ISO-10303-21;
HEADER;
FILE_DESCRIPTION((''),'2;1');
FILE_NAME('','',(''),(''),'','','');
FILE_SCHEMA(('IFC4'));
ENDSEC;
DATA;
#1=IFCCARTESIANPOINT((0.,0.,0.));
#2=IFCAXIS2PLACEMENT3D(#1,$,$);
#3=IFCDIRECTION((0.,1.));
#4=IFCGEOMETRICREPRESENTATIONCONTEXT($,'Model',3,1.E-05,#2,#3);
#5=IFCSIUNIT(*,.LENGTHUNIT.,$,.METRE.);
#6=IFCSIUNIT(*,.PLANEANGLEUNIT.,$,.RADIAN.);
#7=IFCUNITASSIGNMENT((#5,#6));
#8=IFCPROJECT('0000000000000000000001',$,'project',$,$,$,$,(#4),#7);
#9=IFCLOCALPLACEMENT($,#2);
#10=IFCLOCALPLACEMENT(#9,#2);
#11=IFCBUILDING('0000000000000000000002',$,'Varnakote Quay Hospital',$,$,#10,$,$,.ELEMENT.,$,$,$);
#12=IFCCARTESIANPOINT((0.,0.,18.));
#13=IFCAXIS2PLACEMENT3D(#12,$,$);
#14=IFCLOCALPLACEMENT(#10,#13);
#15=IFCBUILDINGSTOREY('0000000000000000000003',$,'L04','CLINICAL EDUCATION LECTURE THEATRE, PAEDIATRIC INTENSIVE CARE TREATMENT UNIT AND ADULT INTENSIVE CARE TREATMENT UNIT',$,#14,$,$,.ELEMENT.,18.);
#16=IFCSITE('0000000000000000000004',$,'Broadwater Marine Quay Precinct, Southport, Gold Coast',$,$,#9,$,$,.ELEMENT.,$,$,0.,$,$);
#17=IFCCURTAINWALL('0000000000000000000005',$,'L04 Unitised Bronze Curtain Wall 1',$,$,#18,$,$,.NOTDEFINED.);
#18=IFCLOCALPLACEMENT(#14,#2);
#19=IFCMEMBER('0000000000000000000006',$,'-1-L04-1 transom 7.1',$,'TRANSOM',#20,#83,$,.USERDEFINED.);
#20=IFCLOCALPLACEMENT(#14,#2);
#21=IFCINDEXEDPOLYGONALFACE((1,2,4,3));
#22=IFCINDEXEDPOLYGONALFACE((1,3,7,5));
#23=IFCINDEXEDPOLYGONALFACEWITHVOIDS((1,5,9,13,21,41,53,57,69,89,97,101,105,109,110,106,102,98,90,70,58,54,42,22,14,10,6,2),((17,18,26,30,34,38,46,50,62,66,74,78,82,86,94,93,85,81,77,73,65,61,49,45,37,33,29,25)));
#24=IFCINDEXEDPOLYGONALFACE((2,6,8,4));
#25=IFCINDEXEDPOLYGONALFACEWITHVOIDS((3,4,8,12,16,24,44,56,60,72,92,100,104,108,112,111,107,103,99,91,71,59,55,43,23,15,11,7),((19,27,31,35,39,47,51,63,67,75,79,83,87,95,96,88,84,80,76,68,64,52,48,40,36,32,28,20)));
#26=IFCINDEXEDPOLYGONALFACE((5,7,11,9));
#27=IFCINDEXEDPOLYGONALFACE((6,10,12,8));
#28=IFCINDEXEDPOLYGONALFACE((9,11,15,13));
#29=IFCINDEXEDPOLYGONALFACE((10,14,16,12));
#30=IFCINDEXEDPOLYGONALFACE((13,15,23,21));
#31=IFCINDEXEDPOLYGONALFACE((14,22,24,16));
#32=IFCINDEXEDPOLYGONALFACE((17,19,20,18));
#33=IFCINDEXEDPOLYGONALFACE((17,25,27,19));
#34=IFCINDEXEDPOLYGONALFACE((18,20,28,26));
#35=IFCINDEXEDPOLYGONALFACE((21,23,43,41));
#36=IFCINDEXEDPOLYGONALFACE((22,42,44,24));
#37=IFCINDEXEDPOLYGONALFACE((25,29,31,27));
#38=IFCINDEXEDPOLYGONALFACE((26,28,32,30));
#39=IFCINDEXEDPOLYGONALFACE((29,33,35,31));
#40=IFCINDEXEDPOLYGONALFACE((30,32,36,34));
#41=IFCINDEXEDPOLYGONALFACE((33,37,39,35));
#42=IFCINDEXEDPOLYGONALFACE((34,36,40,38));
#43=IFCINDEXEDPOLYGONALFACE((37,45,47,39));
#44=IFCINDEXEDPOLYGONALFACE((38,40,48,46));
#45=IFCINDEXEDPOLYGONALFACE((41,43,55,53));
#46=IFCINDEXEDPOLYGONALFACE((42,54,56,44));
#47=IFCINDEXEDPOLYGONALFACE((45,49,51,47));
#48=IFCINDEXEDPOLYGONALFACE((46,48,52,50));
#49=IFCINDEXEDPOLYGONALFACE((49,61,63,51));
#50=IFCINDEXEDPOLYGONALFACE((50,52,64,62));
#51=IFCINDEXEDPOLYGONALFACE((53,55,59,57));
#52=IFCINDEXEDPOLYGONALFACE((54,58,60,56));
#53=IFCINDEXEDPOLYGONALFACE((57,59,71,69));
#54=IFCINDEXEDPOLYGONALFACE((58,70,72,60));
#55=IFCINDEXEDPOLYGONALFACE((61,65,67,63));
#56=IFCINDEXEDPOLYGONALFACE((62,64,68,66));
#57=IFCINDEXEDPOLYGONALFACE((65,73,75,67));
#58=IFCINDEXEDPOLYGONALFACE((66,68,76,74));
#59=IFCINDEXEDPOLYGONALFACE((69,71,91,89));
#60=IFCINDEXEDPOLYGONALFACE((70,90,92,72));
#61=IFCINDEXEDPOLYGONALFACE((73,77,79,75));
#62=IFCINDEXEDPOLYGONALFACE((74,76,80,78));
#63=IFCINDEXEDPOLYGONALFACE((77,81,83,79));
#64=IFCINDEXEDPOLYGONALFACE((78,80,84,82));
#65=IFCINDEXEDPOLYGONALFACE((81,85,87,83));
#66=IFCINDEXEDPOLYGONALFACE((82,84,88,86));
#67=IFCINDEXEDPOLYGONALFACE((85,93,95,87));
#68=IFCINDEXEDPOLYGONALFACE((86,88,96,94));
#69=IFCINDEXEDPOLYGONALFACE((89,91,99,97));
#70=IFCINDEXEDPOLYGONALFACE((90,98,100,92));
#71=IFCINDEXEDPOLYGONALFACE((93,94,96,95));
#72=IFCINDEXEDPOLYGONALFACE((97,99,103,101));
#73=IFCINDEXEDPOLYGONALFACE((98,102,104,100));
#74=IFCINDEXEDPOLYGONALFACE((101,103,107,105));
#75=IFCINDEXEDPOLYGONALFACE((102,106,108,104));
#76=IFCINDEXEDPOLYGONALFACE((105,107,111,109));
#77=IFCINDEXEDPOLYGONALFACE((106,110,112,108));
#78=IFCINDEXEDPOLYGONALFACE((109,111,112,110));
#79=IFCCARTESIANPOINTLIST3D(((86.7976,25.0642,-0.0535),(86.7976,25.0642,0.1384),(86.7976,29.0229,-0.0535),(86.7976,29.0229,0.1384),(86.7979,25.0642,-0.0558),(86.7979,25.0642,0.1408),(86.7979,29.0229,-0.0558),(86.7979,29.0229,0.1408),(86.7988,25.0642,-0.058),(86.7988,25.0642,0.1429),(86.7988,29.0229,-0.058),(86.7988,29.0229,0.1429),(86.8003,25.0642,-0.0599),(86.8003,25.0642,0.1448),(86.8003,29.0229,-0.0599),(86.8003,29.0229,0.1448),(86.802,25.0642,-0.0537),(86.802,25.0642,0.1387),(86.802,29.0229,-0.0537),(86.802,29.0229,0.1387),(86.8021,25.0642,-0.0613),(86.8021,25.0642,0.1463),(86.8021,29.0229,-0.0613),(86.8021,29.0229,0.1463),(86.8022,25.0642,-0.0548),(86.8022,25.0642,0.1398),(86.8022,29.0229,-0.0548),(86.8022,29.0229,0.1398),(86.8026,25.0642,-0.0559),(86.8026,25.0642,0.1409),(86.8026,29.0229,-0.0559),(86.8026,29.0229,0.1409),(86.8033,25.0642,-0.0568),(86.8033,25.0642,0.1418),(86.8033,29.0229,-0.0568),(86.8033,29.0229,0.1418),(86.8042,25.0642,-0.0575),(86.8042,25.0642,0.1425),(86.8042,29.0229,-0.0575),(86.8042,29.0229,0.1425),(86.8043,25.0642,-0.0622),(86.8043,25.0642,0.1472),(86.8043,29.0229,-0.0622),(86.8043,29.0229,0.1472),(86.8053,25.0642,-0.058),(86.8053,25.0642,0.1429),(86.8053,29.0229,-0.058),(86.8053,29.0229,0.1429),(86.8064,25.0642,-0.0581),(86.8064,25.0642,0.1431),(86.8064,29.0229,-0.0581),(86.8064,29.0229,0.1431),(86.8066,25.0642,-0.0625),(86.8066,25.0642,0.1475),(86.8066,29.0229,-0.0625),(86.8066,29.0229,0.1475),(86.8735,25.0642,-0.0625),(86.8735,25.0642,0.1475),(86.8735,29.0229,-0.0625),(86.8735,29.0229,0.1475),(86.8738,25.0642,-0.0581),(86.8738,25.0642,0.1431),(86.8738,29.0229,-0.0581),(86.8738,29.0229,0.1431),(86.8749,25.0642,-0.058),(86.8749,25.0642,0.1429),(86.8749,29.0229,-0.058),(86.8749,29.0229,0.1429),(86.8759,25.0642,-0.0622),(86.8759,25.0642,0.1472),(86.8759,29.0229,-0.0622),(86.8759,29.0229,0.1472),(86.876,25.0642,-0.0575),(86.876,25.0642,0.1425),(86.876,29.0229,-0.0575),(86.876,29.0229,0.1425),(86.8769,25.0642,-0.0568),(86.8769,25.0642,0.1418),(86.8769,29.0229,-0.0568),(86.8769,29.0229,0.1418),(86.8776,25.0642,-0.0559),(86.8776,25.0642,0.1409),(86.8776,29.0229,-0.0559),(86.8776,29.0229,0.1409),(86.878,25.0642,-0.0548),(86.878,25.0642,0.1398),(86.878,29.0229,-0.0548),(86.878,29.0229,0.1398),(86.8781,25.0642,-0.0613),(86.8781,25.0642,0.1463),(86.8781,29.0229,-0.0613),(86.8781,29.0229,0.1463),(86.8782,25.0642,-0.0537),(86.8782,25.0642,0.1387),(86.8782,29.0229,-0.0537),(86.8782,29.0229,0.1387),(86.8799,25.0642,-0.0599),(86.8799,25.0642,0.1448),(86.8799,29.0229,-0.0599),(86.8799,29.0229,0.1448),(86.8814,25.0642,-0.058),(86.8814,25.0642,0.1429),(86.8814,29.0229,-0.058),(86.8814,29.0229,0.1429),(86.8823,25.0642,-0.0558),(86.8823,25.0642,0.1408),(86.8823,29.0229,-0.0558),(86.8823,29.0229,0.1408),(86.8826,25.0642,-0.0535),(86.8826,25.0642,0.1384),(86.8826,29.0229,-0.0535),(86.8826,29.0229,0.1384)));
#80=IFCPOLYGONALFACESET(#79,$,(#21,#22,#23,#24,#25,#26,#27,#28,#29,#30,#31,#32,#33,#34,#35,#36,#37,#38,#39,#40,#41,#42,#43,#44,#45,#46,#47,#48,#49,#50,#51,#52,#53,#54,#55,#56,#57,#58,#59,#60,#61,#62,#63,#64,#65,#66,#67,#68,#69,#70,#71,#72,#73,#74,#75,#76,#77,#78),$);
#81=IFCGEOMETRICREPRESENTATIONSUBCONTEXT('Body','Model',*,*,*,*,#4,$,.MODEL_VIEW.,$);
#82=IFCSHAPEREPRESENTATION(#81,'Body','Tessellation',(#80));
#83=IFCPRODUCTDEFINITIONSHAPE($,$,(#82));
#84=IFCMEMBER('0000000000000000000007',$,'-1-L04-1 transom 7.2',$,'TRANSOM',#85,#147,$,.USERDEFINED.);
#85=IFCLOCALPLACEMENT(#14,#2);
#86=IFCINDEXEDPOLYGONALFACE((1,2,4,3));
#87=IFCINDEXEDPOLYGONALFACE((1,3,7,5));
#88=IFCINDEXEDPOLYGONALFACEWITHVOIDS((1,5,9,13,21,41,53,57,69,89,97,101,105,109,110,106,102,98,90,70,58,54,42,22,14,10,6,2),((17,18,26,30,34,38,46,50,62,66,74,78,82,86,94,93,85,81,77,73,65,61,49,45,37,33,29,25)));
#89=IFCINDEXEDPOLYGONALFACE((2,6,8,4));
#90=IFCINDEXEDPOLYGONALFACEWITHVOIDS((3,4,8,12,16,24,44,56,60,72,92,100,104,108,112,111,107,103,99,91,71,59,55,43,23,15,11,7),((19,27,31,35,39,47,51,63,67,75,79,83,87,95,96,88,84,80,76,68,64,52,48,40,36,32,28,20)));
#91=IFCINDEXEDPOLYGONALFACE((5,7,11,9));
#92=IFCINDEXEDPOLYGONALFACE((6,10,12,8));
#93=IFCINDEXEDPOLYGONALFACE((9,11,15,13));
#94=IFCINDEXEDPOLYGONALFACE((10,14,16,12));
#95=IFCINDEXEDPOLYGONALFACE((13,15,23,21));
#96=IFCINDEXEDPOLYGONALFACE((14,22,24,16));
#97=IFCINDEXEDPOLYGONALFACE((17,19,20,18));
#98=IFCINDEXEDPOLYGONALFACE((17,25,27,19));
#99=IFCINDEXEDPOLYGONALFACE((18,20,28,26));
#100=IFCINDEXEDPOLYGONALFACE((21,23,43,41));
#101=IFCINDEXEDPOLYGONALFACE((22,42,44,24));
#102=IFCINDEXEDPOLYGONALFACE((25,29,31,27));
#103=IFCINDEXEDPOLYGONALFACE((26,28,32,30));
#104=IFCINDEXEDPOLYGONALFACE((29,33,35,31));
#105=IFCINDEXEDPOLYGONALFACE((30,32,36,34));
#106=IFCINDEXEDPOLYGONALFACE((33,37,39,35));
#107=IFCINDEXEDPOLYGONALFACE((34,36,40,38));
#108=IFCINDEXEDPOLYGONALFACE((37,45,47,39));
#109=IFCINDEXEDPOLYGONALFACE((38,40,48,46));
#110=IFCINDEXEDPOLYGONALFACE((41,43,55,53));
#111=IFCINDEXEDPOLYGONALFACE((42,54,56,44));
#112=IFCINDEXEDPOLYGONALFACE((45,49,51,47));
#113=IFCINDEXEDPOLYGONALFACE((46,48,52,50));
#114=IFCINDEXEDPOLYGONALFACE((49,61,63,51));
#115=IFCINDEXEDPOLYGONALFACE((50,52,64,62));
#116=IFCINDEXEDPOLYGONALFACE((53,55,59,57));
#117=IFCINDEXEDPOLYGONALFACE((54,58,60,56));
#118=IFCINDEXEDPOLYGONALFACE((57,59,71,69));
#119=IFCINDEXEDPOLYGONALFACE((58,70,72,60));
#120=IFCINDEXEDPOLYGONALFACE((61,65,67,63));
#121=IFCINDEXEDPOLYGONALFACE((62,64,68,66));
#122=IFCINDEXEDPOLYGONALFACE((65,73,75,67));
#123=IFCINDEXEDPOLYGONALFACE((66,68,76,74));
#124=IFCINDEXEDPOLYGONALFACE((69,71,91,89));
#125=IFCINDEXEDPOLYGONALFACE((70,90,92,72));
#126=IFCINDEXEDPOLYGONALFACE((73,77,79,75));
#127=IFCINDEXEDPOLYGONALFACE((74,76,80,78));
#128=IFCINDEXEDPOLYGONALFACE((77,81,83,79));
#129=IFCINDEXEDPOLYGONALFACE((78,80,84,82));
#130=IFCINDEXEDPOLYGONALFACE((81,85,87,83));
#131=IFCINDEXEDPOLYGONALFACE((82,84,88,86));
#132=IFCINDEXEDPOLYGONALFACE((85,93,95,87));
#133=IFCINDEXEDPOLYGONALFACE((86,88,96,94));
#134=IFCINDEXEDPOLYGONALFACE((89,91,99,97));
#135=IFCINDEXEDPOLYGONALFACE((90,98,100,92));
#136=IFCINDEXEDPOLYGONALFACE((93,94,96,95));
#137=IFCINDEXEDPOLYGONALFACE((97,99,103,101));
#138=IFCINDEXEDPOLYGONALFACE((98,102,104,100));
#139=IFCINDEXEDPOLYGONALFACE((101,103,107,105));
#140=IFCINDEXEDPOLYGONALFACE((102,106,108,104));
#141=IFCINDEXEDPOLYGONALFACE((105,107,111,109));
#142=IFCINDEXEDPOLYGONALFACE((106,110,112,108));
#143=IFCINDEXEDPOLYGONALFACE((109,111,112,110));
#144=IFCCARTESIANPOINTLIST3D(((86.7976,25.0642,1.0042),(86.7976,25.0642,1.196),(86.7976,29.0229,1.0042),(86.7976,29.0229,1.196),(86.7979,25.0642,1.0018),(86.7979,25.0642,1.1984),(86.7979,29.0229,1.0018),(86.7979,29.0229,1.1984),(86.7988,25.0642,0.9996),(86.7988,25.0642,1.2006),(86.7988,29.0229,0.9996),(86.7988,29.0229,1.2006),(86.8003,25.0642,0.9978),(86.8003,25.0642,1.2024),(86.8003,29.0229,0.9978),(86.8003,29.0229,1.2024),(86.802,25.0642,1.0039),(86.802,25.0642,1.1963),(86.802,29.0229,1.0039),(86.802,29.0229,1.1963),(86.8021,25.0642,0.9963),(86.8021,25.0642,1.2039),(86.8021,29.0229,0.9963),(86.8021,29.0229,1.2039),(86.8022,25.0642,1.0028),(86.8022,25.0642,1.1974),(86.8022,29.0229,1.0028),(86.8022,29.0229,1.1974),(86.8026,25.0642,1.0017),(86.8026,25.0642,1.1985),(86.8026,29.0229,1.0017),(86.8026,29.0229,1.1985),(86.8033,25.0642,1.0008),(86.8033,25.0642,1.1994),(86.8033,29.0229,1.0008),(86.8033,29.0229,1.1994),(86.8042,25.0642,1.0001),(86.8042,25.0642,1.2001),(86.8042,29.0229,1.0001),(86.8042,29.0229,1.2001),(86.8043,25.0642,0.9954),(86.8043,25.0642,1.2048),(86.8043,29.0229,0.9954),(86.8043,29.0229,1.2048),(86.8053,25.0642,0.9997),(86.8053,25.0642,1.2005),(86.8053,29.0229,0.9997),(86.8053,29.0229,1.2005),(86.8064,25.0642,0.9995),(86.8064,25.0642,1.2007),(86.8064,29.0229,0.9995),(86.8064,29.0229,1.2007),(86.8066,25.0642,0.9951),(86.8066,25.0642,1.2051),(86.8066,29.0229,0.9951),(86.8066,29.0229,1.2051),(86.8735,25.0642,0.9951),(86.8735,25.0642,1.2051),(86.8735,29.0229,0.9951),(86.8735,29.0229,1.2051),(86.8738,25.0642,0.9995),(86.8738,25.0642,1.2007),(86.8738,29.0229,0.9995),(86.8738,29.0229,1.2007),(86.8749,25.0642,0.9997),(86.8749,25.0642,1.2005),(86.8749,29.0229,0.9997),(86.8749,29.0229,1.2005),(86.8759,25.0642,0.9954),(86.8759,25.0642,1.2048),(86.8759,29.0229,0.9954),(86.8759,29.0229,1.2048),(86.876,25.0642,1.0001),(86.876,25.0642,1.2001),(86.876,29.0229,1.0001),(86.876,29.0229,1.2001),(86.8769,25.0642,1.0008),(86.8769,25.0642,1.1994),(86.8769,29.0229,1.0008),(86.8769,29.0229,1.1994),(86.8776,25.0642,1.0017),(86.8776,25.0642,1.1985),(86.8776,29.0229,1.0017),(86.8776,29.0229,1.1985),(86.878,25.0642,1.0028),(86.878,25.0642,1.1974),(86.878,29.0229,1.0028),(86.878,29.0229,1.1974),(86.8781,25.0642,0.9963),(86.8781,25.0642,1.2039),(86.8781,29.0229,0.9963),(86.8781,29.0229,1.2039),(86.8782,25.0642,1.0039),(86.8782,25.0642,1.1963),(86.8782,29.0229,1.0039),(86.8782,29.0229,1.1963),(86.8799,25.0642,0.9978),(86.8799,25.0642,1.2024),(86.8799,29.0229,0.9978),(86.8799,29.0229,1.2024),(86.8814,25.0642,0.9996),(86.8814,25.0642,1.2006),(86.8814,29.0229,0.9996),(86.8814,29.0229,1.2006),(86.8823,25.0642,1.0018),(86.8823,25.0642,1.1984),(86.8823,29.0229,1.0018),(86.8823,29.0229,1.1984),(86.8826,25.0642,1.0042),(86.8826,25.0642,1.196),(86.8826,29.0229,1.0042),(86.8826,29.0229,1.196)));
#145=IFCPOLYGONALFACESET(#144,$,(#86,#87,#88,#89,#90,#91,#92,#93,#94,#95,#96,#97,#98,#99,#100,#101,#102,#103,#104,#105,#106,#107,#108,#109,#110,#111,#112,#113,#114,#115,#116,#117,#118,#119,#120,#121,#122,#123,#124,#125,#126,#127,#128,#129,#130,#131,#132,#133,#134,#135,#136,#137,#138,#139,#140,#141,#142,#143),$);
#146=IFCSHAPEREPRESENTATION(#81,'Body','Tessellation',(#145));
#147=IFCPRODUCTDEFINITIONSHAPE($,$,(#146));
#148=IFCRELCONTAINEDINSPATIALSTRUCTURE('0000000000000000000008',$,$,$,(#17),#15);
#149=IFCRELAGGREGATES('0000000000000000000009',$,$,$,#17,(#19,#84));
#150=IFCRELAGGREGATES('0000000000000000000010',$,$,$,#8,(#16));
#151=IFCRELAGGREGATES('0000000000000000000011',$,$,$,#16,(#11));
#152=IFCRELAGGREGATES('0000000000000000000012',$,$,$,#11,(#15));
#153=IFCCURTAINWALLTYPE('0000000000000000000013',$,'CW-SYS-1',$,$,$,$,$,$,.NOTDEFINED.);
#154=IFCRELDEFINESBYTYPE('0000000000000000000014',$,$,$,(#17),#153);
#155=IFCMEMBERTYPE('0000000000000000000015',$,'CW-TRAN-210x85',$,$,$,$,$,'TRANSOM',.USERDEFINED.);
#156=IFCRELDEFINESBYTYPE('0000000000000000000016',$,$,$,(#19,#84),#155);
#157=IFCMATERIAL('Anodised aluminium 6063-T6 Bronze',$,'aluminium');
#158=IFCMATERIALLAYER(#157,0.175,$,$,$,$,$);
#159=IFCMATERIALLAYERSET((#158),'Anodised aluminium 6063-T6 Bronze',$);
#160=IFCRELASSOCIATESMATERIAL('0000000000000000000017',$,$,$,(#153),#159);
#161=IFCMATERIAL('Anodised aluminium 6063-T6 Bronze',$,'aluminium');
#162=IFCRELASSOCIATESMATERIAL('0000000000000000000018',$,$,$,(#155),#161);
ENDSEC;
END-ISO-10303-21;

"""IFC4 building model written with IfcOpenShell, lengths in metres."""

from ifc_helpers import new_model, si_unit, direction, frame, origin, origin_2d, place, context, subcontext, project, spatial, hollow_rectangle, extrude, material, layer, layer_set, material_profile, profile_set, type_object, element, aggregate, save


model = new_model("IFC4")

# Units and contexts
model_context = context("Model", 3, precision=1e-05, world=origin(), true_north=direction((0.0, 1.0)))
body_context = subcontext(model_context, "Body", "Model", "MODEL_VIEW")
ifc_project = project(units=[si_unit("LENGTHUNIT", "METRE"), si_unit("PLANEANGLEUNIT", "RADIAN")], contexts=[model_context])

# Site, building, storey
site_placement = place(None, origin())
site = spatial("IfcSite", under=ifc_project, at=site_placement, Name="Broadwater Marine Quay Precinct, Southport, Gold Coast", CompositionType="ELEMENT", RefElevation=0.0)
building_placement = place(site_placement, origin())
building = spatial("IfcBuilding", under=site, at=building_placement, Name="Varnakote Quay Hospital", CompositionType="ELEMENT")
storey_placement = place(building_placement, frame((0.0, 0.0, 18.0)))
storey = spatial("IfcBuildingStorey", under=building, at=storey_placement, Name="L04", Description="CLINICAL EDUCATION LECTURE THEATRE, PAEDIATRIC INTENSIVE CARE TREATMENT UNIT AND ADULT INTENSIVE CARE TREATMENT UNIT", CompositionType="ELEMENT", Elevation=18.0)

# Curtain wall, members
ifc_material_1 = material(Name="Anodised aluminium 6063-T6 Bronze", Category="aluminium")
ifc_layer_1 = layer(ifc_material_1, 0.175)
ifc_layer_set_1 = layer_set([ifc_layer_1], Name="Anodised aluminium 6063-T6 Bronze")
curtain_wall_type = type_object("IfcCurtainWallType", Name="CW-SYS-1", PredefinedType="NOTDEFINED", material=ifc_layer_set_1)
curtain_wall_placement = place(storey_placement, origin())
curtain_wall = element("IfcCurtainWall", 1, at=curtain_wall_placement, inside=storey, type_object=curtain_wall_type, Name="L04 Unitised Bronze Curtain Wall 1", PredefinedType="NOTDEFINED")
ifc_material_2 = material(Name="Anodised aluminium 6063-T6 Bronze", Category="aluminium")
ifc_material_profile_1 = material_profile(ifc_material_2, hollow_rectangle(XDim=0.085, YDim=0.21, WallThickness=0.0044, InnerFilletRadius=0.0044, OuterFilletRadius=0.009, at=origin_2d()), Name="CW-TRAN-210x85")
ifc_profile_set_1 = profile_set([ifc_material_profile_1], Name="Anodised aluminium 6063-T6 Bronze")
member_type_1 = type_object("IfcMemberType", Name="CW-TRAN-210x85", ElementType="TRANSOM", PredefinedType="USERDEFINED", material=ifc_profile_set_1)
member_1_placement = place(storey_placement, frame((86.8401, 25.0642, 0.0425), z_axis=(0.0, 1.0, 0.0), x_axis=(-1.0, 0.0, 0.0)))
member_1 = element("IfcMember", 2, at=member_1_placement, type_object=member_type_1, Name="-1-L04-1 transom 7.1", ObjectType="TRANSOM", PredefinedType="USERDEFINED", context=body_context, shape_type="SweptSolid", body=[
    extrude(hollow_rectangle(XDim=0.085, YDim=0.21, WallThickness=0.0044, InnerFilletRadius=0.0044, OuterFilletRadius=0.009, at=origin_2d()), origin(), (0.0, 0.0, 1.0), 3.9587),
])
member_2_placement = place(storey_placement, frame((86.8401, 25.0642, 1.1001), z_axis=(0.0, 1.0, 0.0), x_axis=(-1.0, 0.0, 0.0)))
member_2 = element("IfcMember", 3, at=member_2_placement, type_object=member_type_1, Name="-1-L04-1 transom 7.2", ObjectType="TRANSOM", PredefinedType="USERDEFINED", context=body_context, shape_type="SweptSolid", body=[
    extrude(hollow_rectangle(XDim=0.085, YDim=0.21, WallThickness=0.0044, InnerFilletRadius=0.0044, OuterFilletRadius=0.009, at=origin_2d()), origin(), (0.0, 0.0, 1.0), 3.9587),
])
aggregate(curtain_wall, [member_1, member_2])

save(model, "model.ifc")
